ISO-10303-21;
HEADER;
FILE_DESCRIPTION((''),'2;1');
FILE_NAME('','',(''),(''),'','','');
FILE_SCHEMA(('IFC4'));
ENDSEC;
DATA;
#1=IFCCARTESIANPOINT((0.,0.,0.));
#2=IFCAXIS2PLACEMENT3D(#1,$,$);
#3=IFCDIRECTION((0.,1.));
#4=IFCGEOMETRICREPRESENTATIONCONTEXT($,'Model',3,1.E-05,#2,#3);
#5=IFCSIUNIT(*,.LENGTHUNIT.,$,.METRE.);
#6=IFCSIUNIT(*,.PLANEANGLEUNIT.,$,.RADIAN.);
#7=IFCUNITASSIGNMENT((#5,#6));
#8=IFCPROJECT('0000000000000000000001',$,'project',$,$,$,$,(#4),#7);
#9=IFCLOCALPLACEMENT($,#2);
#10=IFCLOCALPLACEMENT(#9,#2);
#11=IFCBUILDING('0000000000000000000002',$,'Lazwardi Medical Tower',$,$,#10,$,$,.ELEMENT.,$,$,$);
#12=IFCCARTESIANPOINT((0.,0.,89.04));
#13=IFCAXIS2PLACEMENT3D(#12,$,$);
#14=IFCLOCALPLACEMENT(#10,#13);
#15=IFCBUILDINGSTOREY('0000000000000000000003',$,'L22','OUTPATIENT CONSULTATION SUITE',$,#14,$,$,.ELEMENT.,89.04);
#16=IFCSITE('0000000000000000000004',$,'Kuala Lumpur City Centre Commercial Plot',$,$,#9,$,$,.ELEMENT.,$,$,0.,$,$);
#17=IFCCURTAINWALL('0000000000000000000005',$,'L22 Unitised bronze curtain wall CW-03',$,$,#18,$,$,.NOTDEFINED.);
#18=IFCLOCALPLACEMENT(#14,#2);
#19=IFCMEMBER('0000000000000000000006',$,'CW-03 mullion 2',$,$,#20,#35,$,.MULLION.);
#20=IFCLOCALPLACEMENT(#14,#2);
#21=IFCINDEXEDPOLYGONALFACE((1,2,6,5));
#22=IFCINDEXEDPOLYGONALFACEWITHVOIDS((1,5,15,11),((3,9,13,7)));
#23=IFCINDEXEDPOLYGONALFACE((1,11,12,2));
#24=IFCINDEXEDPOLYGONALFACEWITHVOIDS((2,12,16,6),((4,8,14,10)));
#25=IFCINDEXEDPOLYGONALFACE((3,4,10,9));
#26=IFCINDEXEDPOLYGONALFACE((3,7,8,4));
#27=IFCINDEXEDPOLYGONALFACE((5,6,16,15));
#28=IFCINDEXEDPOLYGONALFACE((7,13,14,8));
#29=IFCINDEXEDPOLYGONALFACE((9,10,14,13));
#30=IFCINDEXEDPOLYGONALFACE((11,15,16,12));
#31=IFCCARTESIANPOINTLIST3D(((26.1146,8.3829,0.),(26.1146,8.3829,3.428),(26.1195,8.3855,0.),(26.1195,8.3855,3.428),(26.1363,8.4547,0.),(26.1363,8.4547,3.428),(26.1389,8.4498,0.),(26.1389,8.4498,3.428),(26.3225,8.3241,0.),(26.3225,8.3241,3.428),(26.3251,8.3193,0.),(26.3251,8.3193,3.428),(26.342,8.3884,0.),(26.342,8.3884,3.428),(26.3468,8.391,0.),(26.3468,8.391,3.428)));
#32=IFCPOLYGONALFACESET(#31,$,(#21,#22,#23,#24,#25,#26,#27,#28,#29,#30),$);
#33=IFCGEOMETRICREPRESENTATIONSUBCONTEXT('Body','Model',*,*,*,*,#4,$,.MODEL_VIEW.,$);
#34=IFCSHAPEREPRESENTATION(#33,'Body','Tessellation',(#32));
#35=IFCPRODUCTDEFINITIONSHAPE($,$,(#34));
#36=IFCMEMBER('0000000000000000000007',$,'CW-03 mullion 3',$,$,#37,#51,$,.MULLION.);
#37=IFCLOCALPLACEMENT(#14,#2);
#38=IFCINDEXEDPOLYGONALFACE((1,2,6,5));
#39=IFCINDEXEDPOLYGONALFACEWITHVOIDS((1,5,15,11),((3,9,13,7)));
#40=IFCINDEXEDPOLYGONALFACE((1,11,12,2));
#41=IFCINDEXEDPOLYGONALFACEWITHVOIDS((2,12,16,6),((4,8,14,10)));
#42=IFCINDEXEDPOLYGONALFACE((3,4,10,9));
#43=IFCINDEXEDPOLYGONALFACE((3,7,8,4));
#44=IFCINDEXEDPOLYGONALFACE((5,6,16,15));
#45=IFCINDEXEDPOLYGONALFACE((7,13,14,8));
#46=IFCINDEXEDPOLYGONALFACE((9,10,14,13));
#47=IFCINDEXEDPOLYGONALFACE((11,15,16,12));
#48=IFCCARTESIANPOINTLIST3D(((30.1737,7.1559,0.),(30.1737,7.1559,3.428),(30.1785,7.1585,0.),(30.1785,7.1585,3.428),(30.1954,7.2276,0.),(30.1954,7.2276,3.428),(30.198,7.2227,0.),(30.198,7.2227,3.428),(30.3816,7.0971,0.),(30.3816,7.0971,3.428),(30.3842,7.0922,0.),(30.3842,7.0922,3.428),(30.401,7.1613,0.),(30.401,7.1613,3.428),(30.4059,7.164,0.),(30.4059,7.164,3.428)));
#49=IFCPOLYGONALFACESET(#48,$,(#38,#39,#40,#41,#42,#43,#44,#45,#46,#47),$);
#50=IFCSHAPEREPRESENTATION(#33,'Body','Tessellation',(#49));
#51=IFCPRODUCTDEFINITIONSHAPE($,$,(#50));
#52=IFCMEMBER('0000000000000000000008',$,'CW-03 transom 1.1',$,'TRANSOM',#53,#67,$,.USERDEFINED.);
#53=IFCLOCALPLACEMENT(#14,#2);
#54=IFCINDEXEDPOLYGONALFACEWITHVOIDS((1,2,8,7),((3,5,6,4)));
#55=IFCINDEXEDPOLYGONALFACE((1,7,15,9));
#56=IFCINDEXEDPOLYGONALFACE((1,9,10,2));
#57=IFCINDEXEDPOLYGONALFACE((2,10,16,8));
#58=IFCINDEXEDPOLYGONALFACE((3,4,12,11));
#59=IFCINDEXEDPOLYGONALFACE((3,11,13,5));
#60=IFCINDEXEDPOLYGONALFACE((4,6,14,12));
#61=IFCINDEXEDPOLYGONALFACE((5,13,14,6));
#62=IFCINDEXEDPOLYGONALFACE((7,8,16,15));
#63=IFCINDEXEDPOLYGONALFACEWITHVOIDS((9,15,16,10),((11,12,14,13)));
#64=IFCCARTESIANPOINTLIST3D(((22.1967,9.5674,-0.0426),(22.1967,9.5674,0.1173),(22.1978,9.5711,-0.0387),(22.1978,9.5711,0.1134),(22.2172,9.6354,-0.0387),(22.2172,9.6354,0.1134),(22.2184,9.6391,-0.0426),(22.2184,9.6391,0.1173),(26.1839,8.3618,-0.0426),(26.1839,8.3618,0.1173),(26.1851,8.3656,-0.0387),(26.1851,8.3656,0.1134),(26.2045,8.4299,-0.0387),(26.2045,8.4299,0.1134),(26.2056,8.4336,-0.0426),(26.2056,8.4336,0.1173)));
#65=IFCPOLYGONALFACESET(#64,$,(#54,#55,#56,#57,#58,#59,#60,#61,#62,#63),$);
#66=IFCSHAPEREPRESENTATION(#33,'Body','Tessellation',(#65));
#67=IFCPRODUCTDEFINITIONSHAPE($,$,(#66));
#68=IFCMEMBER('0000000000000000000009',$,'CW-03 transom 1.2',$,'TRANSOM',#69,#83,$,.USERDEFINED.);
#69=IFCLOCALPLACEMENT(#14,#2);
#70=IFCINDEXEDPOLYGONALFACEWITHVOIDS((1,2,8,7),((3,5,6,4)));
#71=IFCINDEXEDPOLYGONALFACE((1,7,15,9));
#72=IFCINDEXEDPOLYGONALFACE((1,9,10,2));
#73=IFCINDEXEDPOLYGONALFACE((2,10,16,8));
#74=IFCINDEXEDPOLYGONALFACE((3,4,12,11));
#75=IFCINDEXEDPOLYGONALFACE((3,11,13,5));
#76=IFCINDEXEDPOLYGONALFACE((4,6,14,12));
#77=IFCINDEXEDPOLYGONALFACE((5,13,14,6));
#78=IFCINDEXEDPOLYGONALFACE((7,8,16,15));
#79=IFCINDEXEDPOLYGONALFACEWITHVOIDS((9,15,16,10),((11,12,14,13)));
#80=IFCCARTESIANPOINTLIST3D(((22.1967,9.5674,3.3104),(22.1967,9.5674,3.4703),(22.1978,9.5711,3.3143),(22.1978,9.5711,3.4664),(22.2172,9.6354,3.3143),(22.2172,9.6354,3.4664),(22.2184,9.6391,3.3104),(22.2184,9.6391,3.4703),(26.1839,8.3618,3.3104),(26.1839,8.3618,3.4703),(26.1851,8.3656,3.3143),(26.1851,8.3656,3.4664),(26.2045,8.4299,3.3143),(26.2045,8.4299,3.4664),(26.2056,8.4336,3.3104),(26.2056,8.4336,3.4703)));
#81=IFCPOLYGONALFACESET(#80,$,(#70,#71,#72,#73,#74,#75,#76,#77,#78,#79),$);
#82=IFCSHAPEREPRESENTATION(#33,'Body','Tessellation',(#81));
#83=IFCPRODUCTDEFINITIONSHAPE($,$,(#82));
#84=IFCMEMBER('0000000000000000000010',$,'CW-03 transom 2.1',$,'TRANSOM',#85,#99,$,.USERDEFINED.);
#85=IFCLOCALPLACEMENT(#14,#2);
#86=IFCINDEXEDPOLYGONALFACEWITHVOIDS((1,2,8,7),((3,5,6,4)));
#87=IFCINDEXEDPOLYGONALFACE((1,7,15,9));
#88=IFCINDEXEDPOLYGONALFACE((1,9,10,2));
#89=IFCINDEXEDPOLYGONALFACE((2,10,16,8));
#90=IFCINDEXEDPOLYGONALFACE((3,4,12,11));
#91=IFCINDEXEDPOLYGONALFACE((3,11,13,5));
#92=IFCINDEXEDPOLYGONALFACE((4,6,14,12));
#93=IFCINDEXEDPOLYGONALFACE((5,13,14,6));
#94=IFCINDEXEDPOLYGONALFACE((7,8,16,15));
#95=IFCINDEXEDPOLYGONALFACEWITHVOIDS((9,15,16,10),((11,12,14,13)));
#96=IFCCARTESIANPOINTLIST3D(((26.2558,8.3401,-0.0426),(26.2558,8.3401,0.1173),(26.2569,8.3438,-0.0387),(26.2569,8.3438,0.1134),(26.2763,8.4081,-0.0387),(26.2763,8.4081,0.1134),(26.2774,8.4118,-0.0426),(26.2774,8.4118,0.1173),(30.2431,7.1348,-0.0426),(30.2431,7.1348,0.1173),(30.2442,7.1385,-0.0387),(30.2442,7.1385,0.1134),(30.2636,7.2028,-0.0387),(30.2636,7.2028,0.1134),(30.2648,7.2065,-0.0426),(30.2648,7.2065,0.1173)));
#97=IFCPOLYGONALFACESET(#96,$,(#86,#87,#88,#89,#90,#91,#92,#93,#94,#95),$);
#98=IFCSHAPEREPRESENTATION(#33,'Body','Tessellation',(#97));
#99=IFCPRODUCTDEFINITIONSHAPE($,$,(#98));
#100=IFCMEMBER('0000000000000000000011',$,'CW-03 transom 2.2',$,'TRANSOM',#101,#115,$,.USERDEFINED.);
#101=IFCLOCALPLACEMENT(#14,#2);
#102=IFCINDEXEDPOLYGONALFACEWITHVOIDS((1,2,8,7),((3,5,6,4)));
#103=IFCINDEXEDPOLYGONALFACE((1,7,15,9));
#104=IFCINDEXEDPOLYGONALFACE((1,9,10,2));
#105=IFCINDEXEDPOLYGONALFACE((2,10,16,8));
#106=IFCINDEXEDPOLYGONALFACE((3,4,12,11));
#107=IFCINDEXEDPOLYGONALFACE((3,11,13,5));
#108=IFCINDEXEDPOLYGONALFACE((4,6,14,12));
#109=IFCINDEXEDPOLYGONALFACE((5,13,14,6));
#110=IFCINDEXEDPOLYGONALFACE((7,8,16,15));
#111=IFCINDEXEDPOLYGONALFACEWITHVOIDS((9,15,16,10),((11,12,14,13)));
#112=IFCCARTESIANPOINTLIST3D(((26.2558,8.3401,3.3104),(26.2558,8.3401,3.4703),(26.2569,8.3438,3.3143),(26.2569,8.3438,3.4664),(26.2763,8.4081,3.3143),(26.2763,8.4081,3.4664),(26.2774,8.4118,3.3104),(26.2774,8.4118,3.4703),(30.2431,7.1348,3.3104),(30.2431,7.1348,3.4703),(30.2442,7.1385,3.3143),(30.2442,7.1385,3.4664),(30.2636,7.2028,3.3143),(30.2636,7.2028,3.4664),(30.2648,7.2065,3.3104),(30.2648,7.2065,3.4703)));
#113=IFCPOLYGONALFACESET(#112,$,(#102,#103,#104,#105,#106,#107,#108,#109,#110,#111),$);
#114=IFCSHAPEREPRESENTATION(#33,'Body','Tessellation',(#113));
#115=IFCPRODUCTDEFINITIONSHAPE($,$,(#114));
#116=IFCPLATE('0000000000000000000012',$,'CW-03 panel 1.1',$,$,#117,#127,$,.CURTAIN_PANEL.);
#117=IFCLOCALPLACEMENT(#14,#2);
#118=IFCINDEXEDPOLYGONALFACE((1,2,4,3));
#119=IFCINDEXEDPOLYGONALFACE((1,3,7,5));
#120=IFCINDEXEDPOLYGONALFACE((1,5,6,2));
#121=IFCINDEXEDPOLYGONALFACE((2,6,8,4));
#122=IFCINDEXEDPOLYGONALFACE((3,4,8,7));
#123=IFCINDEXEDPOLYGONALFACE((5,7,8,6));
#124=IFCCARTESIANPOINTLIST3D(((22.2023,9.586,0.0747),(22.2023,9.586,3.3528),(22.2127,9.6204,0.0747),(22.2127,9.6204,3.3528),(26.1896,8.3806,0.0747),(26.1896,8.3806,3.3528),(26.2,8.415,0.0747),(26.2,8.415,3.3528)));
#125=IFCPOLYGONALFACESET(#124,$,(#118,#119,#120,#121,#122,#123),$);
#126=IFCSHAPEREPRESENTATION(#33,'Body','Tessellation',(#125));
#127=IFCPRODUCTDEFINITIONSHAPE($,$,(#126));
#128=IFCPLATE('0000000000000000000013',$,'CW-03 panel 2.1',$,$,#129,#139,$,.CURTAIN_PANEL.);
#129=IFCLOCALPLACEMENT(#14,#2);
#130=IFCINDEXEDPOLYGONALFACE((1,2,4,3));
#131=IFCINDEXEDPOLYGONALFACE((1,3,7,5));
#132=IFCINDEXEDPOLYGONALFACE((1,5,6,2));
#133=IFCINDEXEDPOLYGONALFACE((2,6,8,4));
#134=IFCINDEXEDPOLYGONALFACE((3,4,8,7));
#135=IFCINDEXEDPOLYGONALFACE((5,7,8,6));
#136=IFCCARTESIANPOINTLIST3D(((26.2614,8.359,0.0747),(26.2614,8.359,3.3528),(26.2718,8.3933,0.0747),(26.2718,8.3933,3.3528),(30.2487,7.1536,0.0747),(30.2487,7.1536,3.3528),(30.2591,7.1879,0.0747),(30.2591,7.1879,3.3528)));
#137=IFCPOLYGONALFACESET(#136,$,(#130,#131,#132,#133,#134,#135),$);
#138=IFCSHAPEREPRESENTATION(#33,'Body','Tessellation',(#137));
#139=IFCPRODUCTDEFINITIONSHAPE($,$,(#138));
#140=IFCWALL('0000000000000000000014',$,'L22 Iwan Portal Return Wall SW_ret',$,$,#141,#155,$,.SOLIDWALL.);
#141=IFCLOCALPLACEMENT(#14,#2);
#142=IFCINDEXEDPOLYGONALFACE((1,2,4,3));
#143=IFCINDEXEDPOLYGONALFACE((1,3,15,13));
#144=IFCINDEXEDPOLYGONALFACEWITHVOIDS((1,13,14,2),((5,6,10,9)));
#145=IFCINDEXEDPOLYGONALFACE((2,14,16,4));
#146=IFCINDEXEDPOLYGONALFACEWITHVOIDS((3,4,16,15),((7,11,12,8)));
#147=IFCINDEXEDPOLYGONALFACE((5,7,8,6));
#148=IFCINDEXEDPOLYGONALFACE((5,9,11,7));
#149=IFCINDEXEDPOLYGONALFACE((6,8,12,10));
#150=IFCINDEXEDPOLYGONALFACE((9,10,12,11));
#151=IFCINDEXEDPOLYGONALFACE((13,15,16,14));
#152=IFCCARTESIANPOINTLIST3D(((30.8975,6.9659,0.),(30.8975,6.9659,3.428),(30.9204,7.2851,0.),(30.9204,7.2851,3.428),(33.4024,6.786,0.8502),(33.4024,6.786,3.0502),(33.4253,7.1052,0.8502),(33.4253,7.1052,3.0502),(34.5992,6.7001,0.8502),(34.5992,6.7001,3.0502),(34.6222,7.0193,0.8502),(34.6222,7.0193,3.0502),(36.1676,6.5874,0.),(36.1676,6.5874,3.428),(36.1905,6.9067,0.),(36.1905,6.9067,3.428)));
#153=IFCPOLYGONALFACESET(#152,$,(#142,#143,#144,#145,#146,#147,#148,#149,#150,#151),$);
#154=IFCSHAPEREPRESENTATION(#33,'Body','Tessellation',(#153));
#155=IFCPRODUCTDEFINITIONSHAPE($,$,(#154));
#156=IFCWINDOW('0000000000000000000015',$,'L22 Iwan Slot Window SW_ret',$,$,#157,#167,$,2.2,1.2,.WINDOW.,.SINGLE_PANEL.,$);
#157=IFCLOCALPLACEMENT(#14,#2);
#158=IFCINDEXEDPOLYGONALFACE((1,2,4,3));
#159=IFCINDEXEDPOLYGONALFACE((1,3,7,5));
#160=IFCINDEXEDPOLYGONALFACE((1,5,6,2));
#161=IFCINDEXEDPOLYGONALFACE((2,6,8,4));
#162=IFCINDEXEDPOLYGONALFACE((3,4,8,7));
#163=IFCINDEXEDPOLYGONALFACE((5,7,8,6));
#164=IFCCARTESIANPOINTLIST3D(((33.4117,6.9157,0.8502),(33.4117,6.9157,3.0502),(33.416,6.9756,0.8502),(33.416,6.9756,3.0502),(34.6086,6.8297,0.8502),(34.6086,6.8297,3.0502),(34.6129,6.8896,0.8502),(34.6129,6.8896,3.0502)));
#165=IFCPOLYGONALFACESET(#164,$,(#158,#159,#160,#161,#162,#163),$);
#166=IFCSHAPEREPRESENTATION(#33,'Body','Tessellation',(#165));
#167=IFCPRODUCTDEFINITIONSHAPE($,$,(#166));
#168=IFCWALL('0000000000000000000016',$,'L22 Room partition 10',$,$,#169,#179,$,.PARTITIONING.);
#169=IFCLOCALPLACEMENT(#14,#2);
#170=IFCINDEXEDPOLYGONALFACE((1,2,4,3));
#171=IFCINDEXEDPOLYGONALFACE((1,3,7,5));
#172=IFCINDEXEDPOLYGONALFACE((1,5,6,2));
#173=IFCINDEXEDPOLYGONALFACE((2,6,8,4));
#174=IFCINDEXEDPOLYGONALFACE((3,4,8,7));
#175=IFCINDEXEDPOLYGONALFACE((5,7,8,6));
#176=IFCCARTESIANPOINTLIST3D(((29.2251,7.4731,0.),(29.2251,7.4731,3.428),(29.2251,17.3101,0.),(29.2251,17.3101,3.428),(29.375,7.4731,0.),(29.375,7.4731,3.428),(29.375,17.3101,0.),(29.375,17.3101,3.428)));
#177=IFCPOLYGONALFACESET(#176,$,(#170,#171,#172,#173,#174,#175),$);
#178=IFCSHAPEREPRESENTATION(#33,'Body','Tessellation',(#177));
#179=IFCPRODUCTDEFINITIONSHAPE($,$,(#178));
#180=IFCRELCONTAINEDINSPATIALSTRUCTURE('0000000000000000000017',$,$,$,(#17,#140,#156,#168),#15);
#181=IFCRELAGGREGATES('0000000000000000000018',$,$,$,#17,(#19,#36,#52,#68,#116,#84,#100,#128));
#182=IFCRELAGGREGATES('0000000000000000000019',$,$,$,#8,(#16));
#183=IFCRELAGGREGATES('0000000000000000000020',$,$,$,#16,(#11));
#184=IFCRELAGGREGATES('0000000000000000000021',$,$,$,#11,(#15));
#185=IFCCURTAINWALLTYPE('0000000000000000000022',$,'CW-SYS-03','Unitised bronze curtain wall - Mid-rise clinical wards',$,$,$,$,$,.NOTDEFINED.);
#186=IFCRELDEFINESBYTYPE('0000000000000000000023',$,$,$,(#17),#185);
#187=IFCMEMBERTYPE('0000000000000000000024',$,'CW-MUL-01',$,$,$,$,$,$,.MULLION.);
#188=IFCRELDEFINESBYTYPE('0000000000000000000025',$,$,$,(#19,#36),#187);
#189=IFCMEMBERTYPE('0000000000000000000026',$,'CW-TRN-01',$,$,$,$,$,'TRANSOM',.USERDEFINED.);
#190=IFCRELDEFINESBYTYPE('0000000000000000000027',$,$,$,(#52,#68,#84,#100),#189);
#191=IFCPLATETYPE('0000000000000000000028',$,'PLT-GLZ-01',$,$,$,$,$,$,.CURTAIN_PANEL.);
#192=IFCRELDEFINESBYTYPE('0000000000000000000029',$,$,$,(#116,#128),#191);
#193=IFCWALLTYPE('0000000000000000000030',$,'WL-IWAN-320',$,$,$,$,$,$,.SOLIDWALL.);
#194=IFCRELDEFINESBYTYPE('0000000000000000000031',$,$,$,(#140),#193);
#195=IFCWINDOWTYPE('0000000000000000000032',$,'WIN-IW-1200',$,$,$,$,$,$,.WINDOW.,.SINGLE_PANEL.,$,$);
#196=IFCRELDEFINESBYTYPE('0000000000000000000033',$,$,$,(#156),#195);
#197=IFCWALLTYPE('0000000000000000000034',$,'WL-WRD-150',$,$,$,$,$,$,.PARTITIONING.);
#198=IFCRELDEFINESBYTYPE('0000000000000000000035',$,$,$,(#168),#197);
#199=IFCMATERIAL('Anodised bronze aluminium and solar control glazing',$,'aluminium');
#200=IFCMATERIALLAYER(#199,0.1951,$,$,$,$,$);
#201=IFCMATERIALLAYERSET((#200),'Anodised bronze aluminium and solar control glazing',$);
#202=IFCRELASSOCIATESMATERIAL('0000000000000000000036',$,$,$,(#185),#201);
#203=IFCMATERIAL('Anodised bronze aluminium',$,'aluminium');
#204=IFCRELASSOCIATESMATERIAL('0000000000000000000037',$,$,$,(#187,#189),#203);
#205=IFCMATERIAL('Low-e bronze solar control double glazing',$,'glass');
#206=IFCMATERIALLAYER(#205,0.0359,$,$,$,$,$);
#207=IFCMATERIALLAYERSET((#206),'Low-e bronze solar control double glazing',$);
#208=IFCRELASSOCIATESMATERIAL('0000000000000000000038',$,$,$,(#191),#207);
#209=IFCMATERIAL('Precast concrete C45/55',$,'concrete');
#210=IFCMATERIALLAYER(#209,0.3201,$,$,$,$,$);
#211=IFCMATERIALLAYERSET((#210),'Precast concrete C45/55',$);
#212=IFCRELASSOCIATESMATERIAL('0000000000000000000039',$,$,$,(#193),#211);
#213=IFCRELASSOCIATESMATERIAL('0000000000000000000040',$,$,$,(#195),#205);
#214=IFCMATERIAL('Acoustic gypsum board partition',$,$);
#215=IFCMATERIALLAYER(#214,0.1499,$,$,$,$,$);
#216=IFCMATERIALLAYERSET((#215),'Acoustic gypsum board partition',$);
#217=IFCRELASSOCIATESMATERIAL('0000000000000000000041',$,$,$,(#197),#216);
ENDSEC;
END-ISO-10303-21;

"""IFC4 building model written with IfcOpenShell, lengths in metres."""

from ifc_helpers import new_model, si_unit, direction, frame, frame_2d, origin, origin_2d, place, context, subcontext, project, spatial, rectangle, hollow_rectangle, extrude, material, layer, layer_set, material_profile, profile_set, type_object, element, fill, aggregate, save


model = new_model("IFC4")

# Units and contexts
model_context = context("Model", 3, precision=1e-05, world=origin(), true_north=direction((0.0, 1.0)))
body_context = subcontext(model_context, "Body", "Model", "MODEL_VIEW")
ifc_project = project(units=[si_unit("LENGTHUNIT", "METRE"), si_unit("PLANEANGLEUNIT", "RADIAN")], contexts=[model_context])

# Site, building, storey
site_placement = place(None, origin())
site = spatial("IfcSite", under=ifc_project, at=site_placement, Name="Kuala Lumpur City Centre Commercial Plot", CompositionType="ELEMENT", RefElevation=0.0)
building_placement = place(site_placement, origin())
building = spatial("IfcBuilding", under=site, at=building_placement, Name="Lazwardi Medical Tower", CompositionType="ELEMENT")
storey_placement = place(building_placement, frame((0.0, 0.0, 89.04)))
storey = spatial("IfcBuildingStorey", under=building, at=storey_placement, Name="L22", Description="OUTPATIENT CONSULTATION SUITE", CompositionType="ELEMENT", Elevation=89.04)

# Shared definitions
ifc_material_1 = material(Name="Anodised bronze aluminium and solar control glazing", Category="aluminium")
ifc_layer_1 = layer(ifc_material_1, 0.1951)
ifc_layer_set_1 = layer_set([ifc_layer_1], Name="Anodised bronze aluminium and solar control glazing")
curtain_wall_type = type_object("IfcCurtainWallType", Name="CW-SYS-03", Description="Unitised bronze curtain wall - Mid-rise clinical wards", PredefinedType="NOTDEFINED", material=ifc_layer_set_1)
ifc_material_2 = material(Name="Anodised bronze aluminium", Category="aluminium")
ifc_material_profile_1 = material_profile(ifc_material_2, hollow_rectangle(XDim=0.075, YDim=0.22, WallThickness=0.0039, at=origin_2d()), Name="ALU-MULLION 220x75x4")
ifc_profile_set_1 = profile_set([ifc_material_profile_1], Name="Anodised bronze aluminium")
member_type_1 = type_object("IfcMemberType", Name="CW-MUL-01", PredefinedType="MULLION", material=ifc_profile_set_1)

# Curtain wall, members, plates
curtain_wall_1_placement = place(storey_placement, origin())
curtain_wall_1 = element("IfcCurtainWall", 1, at=curtain_wall_1_placement, inside=storey, type_object=curtain_wall_type, Name="L22 Unitised bronze curtain wall CW-03", PredefinedType="NOTDEFINED")
member_1_placement = place(storey_placement, frame((26.2307, 8.387, 0.0), z_axis=(0.0, 0.0, 1.0), x_axis=(0.289374, 0.957216, 0.0)))
member_1 = element("IfcMember", 2, at=member_1_placement, type_object=member_type_1, Name="CW-03 mullion 2", PredefinedType="MULLION", context=body_context, shape_type="SweptSolid", body=[
    extrude(hollow_rectangle(XDim=0.075, YDim=0.22, WallThickness=0.0039, at=origin_2d()), origin(), (0.0, 0.0, 1.0), 3.428),
])
member_2_placement = place(storey_placement, frame((30.2898, 7.1599, 0.0), z_axis=(0.0, 0.0, 1.0), x_axis=(0.289374, 0.957216, 0.0)))
member_2 = element("IfcMember", 3, at=member_2_placement, type_object=member_type_1, Name="CW-03 mullion 3", PredefinedType="MULLION", context=body_context, shape_type="SweptSolid", body=[
    extrude(hollow_rectangle(XDim=0.075, YDim=0.22, WallThickness=0.0039, at=origin_2d()), origin(), (0.0, 0.0, 1.0), 3.428),
])
ifc_material_profile_2 = material_profile(ifc_material_2, hollow_rectangle(XDim=0.075, YDim=0.1599, WallThickness=0.0039, at=origin_2d()), Name="ALU-TRANSOM 160x75x4")
ifc_profile_set_2 = profile_set([ifc_material_profile_2], Name="Anodised bronze aluminium")
member_type_2 = type_object("IfcMemberType", Name="CW-TRN-01", ElementType="TRANSOM", PredefinedType="USERDEFINED", material=ifc_profile_set_2)
member_3_placement = place(storey_placement, frame((22.2075, 9.6033, 0.0374), z_axis=(0.957205, -0.289412, 0.0), x_axis=(0.289412, 0.957205, 0.0)))
member_3 = element("IfcMember", 4, at=member_3_placement, type_object=member_type_2, Name="CW-03 transom 1.1", ObjectType="TRANSOM", PredefinedType="USERDEFINED", context=body_context, shape_type="SweptSolid", body=[
    extrude(hollow_rectangle(XDim=0.075, YDim=0.1599, WallThickness=0.0039, at=origin_2d()), origin(), (0.0, 0.0, 1.0), 4.1655),
])
member_4_placement = place(storey_placement, frame((22.2075, 9.6033, 3.3904), z_axis=(0.957205, -0.289412, 0.0), x_axis=(0.289412, 0.957205, 0.0)))
member_4 = element("IfcMember", 5, at=member_4_placement, type_object=member_type_2, Name="CW-03 transom 1.2", ObjectType="TRANSOM", PredefinedType="USERDEFINED", context=body_context, shape_type="SweptSolid", body=[
    extrude(hollow_rectangle(XDim=0.075, YDim=0.1599, WallThickness=0.0039, at=origin_2d()), origin(), (0.0, 0.0, 1.0), 4.1655),
])
member_5_placement = place(storey_placement, frame((26.2666, 8.376, 0.0374), z_axis=(0.957221, -0.289358, 0.0), x_axis=(0.289358, 0.957221, 0.0)))
member_5 = element("IfcMember", 6, at=member_5_placement, type_object=member_type_2, Name="CW-03 transom 2.1", ObjectType="TRANSOM", PredefinedType="USERDEFINED", context=body_context, shape_type="SweptSolid", body=[
    extrude(hollow_rectangle(XDim=0.075, YDim=0.1599, WallThickness=0.0039, at=origin_2d()), origin(), (0.0, 0.0, 1.0), 4.1655),
])
member_6_placement = place(storey_placement, frame((26.2666, 8.376, 3.3904), z_axis=(0.957221, -0.289358, 0.0), x_axis=(0.289358, 0.957221, 0.0)))
member_6 = element("IfcMember", 7, at=member_6_placement, type_object=member_type_2, Name="CW-03 transom 2.2", ObjectType="TRANSOM", PredefinedType="USERDEFINED", context=body_context, shape_type="SweptSolid", body=[
    extrude(hollow_rectangle(XDim=0.075, YDim=0.1599, WallThickness=0.0039, at=origin_2d()), origin(), (0.0, 0.0, 1.0), 4.1655),
])
ifc_material_3 = material(Name="Low-e bronze solar control double glazing", Category="glass")
ifc_layer_2 = layer(ifc_material_3, 0.0359)
ifc_layer_set_2 = layer_set([ifc_layer_2], Name="Low-e bronze solar control double glazing")
plate_type = type_object("IfcPlateType", Name="PLT-GLZ-01", PredefinedType="CURTAIN_PANEL", material=ifc_layer_set_2)
plate_1_placement = place(storey_placement, frame((24.2012, 9.0005, 0.0747), z_axis=(0.0, 0.0, 1.0), x_axis=(0.957216, -0.289374, 0.0)))
plate_1 = element("IfcPlate", 8, at=plate_1_placement, type_object=plate_type, Name="CW-03 panel 1.1", PredefinedType="CURTAIN_PANEL", context=body_context, shape_type="SweptSolid", body=[
    extrude(rectangle(XDim=4.1655, YDim=0.0359, at=origin_2d()), origin(), (0.0, 0.0, 1.0), 3.2781),
])
plate_2_placement = place(storey_placement, frame((28.2603, 7.7734, 0.0747), z_axis=(0.0, 0.0, 1.0), x_axis=(0.957216, -0.289374, 0.0)))
plate_2 = element("IfcPlate", 9, at=plate_2_placement, type_object=plate_type, Name="CW-03 panel 2.1", PredefinedType="CURTAIN_PANEL", context=body_context, shape_type="SweptSolid", body=[
    extrude(rectangle(XDim=4.1655, YDim=0.0359, at=origin_2d()), origin(), (0.0, 0.0, 1.0), 3.2781),
])
aggregate(curtain_wall_1, [member_1, member_2, member_3, member_4, plate_1, member_5, member_6, plate_2])

# Wall, opening, window
ifc_material_4 = material(Name="Precast concrete C45/55", Category="concrete")
ifc_layer_3 = layer(ifc_material_4, 0.3201)
ifc_layer_set_3 = layer_set([ifc_layer_3], Name="Precast concrete C45/55")
wall_type_1 = type_object("IfcWallType", Name="WL-IWAN-320", PredefinedType="SOLIDWALL", material=ifc_layer_set_3)
wall_1_placement = place(storey_placement, frame((30.9089, 7.1255, 0.0), z_axis=(0.0, 0.0, 1.0), x_axis=(0.997432, -0.071621, 0.0)))
wall_1 = element("IfcWall", 10, at=wall_1_placement, inside=storey, type_object=wall_type_1, Name="L22 Iwan Portal Return Wall SW_ret", PredefinedType="SOLIDWALL", context=body_context, shape_type="SweptSolid", body=[
    extrude(rectangle(XDim=5.2837, YDim=0.3201, at=frame_2d((2.6418, 0.0))), origin(), (0.0, 0.0, 1.0), 3.428),
])
opening_placement = place(wall_1_placement, frame((2.5112, 0.0, 0.8501)))
opening = element("IfcOpeningElement", 11, at=opening_placement, cuts=wall_1, PredefinedType="OPENING", context=body_context, shape_type="SweptSolid", body=[
    extrude(rectangle(XDim=1.2, YDim=2.2, at=frame_2d((0.6001, 1.1001))), frame((0.0, 0.1699, 0.0), z_axis=(0.0, -1.0, 0.0), x_axis=(1.0, 0.0, 0.0)), (0.0, 0.0, 1.0), 0.3401),
])
window_type = type_object("IfcWindowType", Name="WIN-IW-1200", PartitioningType="SINGLE_PANEL", PredefinedType="WINDOW", material=ifc_material_3)
window_placement = place(opening_placement, origin())
window = element("IfcWindow", 12, at=window_placement, inside=storey, type_object=window_type, Name="L22 Iwan Slot Window SW_ret", OverallHeight=2.2, OverallWidth=1.2, PartitioningType="SINGLE_PANEL", PredefinedType="WINDOW", context=body_context, shape_type="SweptSolid", body=[
    extrude(rectangle(XDim=1.2, YDim=2.2, at=frame_2d((0.6001, 1.1001))), frame((0.0, 0.03, 0.0), z_axis=(0.0, -1.0, 0.0), x_axis=(1.0, 0.0, 0.0)), (0.0, 0.0, 1.0), 0.0601),
])
fill(opening, window)

# Wall
ifc_material_5 = material(Name="Acoustic gypsum board partition")
ifc_layer_4 = layer(ifc_material_5, 0.1499)
ifc_layer_set_4 = layer_set([ifc_layer_4], Name="Acoustic gypsum board partition")
wall_type_2 = type_object("IfcWallType", Name="WL-WRD-150", PredefinedType="PARTITIONING", material=ifc_layer_set_4)
wall_2_placement = place(storey_placement, frame((29.3, 7.4731, 0.0), z_axis=(0.0, 0.0, 1.0), x_axis=(0.0, 1.0, 0.0)))
element("IfcWall", 13, at=wall_2_placement, inside=storey, type_object=wall_type_2, Name="L22 Room partition 10", PredefinedType="PARTITIONING", context=body_context, shape_type="SweptSolid", body=[
    extrude(rectangle(XDim=9.8369, YDim=0.1499, at=frame_2d((4.9185, 0.0))), origin(), (0.0, 0.0, 1.0), 3.428),
])

save(model, "model.ifc")
